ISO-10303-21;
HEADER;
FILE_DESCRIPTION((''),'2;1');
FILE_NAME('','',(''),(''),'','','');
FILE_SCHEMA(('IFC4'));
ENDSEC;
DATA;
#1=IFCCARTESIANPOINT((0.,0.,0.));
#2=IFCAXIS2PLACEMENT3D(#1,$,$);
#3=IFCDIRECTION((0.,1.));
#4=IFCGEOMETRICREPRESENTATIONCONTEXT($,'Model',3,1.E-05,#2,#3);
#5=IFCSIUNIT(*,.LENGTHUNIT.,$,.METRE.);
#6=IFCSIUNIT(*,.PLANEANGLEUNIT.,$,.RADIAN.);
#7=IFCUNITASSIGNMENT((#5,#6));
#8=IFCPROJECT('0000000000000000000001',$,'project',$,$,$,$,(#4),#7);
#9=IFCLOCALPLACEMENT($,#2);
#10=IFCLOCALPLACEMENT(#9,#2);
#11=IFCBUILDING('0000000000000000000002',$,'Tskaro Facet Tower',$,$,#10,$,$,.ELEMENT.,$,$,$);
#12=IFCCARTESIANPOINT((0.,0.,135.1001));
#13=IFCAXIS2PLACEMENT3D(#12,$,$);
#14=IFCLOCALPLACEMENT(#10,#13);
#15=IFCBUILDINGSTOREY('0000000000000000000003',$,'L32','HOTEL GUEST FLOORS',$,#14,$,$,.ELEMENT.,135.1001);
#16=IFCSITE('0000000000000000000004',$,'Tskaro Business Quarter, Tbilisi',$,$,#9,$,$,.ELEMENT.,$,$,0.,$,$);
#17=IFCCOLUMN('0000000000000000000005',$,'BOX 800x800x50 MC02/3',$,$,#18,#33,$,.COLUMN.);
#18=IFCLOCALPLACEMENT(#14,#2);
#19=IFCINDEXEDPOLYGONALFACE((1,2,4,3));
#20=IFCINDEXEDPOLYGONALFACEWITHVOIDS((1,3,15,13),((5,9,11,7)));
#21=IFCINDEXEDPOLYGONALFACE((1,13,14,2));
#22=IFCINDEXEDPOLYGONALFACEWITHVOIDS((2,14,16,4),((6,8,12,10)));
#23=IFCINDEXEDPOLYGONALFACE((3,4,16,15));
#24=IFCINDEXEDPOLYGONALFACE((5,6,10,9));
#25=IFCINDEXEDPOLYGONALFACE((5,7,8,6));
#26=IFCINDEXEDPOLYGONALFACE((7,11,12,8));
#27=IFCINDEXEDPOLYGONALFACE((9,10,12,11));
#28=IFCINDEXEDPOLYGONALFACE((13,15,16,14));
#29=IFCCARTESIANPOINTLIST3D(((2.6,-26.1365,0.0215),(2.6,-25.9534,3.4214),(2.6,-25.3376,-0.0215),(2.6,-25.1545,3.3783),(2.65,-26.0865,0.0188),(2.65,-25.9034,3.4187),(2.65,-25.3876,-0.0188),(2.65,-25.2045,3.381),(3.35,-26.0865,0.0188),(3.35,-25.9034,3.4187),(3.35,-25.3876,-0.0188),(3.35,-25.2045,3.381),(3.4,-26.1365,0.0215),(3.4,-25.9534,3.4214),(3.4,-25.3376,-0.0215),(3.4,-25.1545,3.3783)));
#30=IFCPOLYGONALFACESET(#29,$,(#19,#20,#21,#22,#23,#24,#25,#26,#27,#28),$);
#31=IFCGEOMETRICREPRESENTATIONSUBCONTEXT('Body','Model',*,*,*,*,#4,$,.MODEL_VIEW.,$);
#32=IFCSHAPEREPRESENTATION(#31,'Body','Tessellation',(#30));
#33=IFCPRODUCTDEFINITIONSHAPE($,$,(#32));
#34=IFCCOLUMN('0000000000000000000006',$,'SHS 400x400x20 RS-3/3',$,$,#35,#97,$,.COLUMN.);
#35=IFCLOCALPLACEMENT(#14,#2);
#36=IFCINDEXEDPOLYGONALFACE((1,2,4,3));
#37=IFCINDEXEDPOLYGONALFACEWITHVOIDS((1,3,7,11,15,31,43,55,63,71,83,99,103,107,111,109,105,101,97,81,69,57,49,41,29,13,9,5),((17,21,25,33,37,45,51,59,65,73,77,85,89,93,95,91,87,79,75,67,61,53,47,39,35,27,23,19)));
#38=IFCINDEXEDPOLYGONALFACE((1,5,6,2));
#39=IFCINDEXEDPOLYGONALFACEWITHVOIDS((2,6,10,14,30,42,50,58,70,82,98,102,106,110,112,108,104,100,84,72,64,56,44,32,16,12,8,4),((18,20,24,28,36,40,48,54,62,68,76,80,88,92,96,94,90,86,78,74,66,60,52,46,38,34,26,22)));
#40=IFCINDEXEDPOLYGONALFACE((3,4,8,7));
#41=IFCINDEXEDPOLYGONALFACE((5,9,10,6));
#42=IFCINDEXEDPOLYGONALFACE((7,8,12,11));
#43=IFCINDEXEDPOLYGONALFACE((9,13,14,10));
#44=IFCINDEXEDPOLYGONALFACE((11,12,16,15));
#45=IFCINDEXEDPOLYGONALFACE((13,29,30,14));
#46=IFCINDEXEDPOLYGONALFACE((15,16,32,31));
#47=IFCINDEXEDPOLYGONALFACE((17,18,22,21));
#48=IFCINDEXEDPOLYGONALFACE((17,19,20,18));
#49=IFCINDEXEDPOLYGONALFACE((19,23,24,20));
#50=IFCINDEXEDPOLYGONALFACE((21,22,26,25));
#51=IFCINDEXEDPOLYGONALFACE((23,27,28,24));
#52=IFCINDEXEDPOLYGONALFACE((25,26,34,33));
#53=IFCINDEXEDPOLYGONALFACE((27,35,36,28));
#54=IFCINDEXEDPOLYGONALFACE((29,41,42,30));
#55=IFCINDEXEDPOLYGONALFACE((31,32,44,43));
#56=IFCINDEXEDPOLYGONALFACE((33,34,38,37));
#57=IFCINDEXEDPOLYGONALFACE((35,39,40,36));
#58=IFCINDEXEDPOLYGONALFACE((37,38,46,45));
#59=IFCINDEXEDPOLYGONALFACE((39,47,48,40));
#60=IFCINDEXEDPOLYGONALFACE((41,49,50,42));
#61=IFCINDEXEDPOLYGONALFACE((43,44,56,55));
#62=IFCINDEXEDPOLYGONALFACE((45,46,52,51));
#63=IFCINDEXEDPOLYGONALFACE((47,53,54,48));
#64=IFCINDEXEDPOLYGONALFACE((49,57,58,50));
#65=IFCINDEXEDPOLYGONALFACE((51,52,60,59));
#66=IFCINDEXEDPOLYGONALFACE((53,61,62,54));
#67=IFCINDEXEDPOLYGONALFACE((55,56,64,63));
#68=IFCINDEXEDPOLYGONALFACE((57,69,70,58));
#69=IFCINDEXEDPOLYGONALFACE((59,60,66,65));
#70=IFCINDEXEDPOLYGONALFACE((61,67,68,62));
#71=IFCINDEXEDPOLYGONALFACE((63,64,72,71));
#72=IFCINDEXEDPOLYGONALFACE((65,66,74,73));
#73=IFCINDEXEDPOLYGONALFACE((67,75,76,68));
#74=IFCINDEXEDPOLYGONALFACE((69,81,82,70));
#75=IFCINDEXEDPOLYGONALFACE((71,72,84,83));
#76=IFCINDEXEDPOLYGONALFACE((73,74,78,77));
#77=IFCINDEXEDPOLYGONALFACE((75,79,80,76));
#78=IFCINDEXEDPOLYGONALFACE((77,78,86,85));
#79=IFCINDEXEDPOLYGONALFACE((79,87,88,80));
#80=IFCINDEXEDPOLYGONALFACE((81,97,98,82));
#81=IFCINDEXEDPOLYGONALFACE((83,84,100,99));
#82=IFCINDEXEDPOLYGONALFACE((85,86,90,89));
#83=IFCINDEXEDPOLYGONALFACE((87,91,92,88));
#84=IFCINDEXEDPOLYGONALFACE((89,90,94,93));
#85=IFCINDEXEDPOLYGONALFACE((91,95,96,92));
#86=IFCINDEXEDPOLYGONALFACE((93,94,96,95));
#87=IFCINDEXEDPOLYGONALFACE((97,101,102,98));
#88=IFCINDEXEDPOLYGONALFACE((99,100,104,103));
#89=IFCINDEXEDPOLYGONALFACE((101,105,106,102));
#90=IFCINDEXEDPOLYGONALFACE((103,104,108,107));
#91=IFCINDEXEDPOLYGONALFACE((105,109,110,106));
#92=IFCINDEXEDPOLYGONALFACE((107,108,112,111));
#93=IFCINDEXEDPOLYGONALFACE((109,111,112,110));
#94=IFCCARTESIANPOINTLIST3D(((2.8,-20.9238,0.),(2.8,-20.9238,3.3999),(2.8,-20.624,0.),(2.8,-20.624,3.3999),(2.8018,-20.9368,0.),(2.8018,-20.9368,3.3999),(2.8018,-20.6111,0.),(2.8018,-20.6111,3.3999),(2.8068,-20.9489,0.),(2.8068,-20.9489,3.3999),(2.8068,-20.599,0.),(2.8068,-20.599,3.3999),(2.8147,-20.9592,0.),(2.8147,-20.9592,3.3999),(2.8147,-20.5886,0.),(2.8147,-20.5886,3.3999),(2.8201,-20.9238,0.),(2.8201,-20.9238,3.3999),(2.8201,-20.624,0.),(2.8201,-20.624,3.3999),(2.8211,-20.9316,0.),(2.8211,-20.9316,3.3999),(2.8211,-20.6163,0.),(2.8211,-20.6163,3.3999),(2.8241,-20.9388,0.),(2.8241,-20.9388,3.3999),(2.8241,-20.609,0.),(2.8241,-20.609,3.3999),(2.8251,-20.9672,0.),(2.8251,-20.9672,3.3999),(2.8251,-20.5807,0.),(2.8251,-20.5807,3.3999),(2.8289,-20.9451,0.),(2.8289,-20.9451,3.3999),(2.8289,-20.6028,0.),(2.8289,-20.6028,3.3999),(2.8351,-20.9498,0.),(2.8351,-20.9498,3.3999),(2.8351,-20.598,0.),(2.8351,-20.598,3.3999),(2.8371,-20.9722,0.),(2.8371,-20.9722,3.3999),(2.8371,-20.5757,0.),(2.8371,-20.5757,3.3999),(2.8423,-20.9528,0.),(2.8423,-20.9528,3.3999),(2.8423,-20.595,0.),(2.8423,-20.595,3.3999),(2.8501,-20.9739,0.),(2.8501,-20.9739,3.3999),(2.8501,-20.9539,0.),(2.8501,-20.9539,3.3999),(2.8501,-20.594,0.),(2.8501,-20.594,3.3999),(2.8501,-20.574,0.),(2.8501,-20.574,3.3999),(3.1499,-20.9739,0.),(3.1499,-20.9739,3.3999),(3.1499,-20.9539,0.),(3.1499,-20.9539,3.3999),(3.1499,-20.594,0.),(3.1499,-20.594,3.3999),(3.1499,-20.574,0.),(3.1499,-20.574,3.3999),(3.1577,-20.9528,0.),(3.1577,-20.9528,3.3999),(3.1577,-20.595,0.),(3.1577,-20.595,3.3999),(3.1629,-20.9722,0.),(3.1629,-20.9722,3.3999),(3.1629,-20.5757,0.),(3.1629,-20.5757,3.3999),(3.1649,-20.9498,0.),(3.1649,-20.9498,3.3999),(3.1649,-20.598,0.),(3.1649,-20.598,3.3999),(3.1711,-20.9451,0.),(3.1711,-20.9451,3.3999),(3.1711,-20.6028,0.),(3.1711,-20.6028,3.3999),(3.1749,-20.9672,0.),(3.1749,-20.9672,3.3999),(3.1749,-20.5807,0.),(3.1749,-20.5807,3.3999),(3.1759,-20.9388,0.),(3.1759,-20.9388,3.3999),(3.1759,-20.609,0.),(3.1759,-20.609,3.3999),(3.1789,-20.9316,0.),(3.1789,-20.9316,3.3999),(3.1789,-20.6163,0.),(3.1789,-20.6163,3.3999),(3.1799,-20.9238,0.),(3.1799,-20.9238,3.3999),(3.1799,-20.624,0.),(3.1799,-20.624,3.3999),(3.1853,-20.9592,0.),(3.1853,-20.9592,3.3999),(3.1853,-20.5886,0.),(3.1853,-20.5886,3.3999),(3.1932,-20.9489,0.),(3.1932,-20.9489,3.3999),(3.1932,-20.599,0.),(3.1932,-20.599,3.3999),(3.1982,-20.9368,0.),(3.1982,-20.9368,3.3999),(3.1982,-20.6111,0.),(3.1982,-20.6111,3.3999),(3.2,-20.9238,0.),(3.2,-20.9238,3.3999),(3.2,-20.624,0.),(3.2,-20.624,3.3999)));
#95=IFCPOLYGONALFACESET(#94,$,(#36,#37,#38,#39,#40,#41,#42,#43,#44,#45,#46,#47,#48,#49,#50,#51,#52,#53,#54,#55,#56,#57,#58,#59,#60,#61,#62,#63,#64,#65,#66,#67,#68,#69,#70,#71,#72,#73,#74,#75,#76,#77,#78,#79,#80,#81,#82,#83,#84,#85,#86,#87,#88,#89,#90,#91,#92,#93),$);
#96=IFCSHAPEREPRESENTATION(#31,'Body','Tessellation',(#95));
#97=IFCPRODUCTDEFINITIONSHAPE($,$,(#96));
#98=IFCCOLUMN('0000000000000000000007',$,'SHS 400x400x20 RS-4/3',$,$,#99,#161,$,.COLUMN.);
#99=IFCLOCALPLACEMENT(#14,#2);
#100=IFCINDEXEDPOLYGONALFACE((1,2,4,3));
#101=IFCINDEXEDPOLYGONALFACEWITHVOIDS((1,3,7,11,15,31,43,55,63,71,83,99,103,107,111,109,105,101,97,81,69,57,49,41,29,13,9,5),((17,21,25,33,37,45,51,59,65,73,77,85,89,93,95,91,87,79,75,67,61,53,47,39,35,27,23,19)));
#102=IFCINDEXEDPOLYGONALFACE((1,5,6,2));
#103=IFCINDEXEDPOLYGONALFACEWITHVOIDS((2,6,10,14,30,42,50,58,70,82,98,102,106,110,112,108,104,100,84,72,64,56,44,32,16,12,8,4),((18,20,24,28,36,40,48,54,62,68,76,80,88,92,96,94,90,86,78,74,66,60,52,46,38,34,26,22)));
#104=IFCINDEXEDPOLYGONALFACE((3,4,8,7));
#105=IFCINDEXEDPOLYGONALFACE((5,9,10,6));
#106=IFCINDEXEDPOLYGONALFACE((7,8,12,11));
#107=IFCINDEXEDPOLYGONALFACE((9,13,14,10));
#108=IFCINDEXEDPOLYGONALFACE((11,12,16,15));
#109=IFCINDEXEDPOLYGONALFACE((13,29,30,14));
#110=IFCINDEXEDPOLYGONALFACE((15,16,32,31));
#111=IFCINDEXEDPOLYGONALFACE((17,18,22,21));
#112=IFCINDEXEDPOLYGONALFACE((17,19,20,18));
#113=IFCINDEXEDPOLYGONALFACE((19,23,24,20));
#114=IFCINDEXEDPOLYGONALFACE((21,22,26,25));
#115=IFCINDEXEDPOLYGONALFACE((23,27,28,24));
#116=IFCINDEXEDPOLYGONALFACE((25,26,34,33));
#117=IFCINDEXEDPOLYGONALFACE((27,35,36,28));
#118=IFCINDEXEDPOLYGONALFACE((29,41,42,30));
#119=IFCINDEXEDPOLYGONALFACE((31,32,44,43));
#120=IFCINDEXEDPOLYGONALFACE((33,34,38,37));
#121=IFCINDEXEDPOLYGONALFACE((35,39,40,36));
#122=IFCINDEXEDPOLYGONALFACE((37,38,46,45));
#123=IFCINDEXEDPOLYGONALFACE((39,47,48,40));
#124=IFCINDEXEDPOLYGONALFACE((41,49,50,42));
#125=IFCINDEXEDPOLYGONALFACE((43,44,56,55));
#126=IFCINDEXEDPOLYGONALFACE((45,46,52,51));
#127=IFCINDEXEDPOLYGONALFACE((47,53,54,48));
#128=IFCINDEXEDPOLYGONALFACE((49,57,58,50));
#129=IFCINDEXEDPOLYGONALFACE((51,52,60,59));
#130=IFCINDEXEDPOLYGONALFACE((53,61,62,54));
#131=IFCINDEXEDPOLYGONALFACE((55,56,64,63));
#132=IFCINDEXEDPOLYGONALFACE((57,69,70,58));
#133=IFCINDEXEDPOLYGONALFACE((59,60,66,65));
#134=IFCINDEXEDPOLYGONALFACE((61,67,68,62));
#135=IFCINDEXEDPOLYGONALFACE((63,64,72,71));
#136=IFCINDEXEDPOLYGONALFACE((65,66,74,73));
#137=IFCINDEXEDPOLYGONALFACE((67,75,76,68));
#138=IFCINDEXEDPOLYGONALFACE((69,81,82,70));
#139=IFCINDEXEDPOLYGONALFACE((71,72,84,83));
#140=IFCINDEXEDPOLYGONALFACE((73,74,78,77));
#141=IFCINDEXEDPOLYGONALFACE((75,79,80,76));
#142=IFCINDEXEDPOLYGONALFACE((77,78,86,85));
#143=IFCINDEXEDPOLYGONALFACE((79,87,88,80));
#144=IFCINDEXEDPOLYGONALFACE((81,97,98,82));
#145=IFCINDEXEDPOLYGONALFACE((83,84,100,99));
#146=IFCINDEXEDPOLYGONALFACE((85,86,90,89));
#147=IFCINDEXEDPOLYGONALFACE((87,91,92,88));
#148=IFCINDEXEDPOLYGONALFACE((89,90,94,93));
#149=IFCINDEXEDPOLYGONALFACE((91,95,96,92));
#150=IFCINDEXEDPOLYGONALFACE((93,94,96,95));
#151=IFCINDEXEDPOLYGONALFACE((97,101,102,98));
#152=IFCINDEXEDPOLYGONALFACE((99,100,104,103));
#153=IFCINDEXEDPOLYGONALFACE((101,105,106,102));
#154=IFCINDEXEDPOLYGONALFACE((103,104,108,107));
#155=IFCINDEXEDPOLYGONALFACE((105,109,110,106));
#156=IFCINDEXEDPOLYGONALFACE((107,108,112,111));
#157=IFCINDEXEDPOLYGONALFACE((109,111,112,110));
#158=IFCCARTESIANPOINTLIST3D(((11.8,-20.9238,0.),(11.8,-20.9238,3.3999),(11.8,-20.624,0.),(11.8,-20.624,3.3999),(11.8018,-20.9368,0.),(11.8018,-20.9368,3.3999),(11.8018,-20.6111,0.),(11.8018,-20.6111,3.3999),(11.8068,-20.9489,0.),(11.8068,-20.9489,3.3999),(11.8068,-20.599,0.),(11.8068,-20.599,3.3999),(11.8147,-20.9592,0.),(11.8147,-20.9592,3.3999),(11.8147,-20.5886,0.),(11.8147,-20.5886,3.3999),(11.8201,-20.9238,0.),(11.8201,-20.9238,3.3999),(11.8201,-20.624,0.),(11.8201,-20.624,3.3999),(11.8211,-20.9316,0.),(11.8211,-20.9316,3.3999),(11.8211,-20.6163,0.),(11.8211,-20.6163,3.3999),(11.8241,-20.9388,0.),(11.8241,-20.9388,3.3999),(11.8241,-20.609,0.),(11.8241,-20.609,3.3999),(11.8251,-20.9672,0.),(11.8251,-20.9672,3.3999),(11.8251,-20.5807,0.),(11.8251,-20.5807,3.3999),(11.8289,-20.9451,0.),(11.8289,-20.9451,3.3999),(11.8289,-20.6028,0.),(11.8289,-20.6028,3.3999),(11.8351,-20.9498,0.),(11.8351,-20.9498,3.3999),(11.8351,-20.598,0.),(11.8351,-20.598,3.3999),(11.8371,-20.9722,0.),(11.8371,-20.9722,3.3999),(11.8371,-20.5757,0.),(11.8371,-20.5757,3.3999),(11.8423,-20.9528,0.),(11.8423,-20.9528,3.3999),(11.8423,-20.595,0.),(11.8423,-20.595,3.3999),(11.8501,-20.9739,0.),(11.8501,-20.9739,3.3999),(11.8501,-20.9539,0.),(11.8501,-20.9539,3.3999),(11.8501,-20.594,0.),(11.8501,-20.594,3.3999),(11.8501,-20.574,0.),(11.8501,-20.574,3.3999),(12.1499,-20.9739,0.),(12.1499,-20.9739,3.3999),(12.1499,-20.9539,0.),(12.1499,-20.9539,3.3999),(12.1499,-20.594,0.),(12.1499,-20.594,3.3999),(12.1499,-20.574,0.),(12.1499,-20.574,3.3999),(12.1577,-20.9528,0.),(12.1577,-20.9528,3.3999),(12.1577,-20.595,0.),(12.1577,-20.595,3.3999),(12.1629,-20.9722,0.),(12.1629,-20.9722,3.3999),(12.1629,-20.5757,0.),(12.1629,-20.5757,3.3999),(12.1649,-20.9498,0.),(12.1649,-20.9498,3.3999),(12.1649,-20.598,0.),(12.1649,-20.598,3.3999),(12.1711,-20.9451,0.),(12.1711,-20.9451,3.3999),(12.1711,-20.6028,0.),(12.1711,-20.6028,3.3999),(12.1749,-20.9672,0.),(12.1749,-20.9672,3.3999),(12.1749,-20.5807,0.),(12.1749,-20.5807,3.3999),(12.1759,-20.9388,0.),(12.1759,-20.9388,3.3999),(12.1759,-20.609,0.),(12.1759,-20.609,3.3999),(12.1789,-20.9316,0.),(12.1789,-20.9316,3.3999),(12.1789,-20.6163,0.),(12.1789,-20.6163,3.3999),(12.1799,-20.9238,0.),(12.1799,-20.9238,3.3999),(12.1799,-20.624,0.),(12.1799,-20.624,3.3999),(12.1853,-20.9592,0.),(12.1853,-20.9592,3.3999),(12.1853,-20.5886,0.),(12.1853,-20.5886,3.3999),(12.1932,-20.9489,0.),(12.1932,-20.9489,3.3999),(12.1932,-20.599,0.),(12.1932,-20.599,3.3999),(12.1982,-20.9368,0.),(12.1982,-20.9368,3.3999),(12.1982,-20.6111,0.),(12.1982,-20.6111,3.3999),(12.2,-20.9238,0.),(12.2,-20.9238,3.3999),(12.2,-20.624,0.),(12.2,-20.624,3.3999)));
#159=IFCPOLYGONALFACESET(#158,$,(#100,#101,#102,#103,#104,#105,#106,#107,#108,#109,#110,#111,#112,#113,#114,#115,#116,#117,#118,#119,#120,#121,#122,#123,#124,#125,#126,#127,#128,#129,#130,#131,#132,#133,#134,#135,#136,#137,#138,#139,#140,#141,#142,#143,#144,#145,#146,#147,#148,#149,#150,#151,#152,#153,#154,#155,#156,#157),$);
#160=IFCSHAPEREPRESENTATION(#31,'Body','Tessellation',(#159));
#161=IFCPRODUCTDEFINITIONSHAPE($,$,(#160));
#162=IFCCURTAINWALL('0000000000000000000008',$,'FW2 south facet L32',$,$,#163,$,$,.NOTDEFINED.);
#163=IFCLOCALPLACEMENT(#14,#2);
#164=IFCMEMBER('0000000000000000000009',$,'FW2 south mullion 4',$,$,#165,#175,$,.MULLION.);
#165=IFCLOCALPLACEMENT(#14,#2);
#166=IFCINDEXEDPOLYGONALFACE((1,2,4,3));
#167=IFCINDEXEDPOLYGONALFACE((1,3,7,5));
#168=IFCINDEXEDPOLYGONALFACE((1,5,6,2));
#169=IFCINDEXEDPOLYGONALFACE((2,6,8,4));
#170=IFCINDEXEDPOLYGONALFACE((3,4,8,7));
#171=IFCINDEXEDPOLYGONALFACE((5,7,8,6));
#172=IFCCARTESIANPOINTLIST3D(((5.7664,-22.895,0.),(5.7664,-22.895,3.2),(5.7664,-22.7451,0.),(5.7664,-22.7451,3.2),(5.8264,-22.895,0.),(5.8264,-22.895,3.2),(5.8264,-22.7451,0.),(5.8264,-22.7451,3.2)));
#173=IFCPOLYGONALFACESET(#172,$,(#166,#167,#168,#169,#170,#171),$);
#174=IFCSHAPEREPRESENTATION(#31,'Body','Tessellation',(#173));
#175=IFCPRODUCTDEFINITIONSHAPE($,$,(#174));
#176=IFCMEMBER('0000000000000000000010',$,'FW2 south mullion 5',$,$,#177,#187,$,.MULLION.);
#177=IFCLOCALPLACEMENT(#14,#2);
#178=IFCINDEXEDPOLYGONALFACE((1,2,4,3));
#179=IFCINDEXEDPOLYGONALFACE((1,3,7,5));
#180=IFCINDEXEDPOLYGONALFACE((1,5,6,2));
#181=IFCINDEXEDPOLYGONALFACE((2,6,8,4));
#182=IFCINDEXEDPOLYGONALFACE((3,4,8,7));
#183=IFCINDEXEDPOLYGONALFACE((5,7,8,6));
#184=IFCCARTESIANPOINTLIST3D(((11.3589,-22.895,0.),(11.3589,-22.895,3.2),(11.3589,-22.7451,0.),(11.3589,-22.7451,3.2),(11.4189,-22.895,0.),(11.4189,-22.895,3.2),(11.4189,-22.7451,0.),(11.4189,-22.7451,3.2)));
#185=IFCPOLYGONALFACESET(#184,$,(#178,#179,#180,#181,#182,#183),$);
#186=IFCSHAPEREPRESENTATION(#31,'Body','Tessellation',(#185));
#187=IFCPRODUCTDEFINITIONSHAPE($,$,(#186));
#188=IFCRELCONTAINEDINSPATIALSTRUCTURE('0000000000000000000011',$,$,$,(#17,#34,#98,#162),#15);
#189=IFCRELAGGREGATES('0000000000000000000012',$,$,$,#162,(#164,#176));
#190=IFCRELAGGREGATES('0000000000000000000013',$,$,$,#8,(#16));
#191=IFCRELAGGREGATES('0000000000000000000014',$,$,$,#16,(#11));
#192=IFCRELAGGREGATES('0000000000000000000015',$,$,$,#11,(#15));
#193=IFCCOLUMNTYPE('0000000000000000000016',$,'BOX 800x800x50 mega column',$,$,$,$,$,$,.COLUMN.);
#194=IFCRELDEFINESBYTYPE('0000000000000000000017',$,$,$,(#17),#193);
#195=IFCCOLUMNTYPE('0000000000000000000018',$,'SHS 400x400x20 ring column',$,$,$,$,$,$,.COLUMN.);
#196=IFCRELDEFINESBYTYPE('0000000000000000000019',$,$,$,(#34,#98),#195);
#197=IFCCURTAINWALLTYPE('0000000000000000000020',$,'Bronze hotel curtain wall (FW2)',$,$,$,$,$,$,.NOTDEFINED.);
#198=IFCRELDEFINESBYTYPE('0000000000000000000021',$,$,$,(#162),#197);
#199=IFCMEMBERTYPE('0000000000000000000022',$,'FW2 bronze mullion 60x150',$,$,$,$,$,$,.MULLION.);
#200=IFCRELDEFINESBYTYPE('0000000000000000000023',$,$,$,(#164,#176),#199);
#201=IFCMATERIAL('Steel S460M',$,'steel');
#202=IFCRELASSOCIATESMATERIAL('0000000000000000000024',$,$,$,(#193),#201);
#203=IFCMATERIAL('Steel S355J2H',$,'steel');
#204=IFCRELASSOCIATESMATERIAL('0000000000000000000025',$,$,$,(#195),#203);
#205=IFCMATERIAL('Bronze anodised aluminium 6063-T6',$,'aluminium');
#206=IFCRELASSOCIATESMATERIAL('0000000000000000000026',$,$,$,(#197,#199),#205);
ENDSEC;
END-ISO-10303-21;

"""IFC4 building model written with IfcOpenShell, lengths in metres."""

from ifc_helpers import new_model, si_unit, direction, frame, origin, origin_2d, place, context, subcontext, project, spatial, rectangle, hollow_rectangle, extrude, material, material_profile, profile_set, type_object, element, aggregate, save


model = new_model("IFC4")

# Units and contexts
model_context = context("Model", 3, precision=1e-05, world=origin(), true_north=direction((0.0, 1.0)))
body_context = subcontext(model_context, "Body", "Model", "MODEL_VIEW")
ifc_project = project(units=[si_unit("LENGTHUNIT", "METRE"), si_unit("PLANEANGLEUNIT", "RADIAN")], contexts=[model_context])

# Site, building, storey
site_placement = place(None, origin())
site = spatial("IfcSite", under=ifc_project, at=site_placement, Name="Tskaro Business Quarter, Tbilisi", CompositionType="ELEMENT", RefElevation=0.0)
building_placement = place(site_placement, origin())
building = spatial("IfcBuilding", under=site, at=building_placement, Name="Tskaro Facet Tower", CompositionType="ELEMENT")
storey_placement = place(building_placement, frame((0.0, 0.0, 135.1001)))
storey = spatial("IfcBuildingStorey", under=building, at=storey_placement, Name="L32", Description="HOTEL GUEST FLOORS", CompositionType="ELEMENT", Elevation=135.1001)

# Columns
ifc_material_1 = material(Name="Steel S460M", Category="steel")
ifc_material_profile_1 = material_profile(ifc_material_1, hollow_rectangle(XDim=0.8, YDim=0.8, WallThickness=0.05, at=origin_2d()), Name="BOX 800x800x50")
ifc_profile_set_1 = profile_set([ifc_material_profile_1], Name="Steel S460M")
column_type_1 = type_object("IfcColumnType", Name="BOX 800x800x50 mega column", PredefinedType="COLUMN", material=ifc_profile_set_1)
column_placement = place(storey_placement, frame((3.0, -25.7371, 0.0), z_axis=(0.0, 0.053778, 0.998553), x_axis=(-1.0, 0.0, 0.0)))
element("IfcColumn", 1, at=column_placement, inside=storey, type_object=column_type_1, Name="BOX 800x800x50 MC02/3", PredefinedType="COLUMN", context=body_context, shape_type="SweptSolid", body=[
    extrude(hollow_rectangle(XDim=0.8, YDim=0.8, WallThickness=0.05, at=origin_2d()), origin(), (0.0, 0.0, 1.0), 3.4048),
])
ifc_material_2 = material(Name="Steel S355J2H", Category="steel")
ifc_material_profile_2 = material_profile(ifc_material_2, hollow_rectangle(XDim=0.3999, YDim=0.3999, WallThickness=0.02, InnerFilletRadius=0.03, OuterFilletRadius=0.05, at=origin_2d()), Name="SHS 400x400x20")
ifc_profile_set_2 = profile_set([ifc_material_profile_2], Name="Steel S355J2H")
column_type_2 = type_object("IfcColumnType", Name="SHS 400x400x20 ring column", PredefinedType="COLUMN", material=ifc_profile_set_2)
for number, where, z_axis, x_axis, name in (
    (2, (3.0, -20.7739, 0.0), (0.0, 0.0, 1.0), (1.0, 0.0, 0.0), "SHS 400x400x20 RS-3/3"),
    (3, (12.0, -20.7739, 0.0), (0.0, 0.0, 1.0), (1.0, 0.0, 0.0), "SHS 400x400x20 RS-4/3"),
):
    element("IfcColumn", number, at=place(storey_placement, frame(where, z_axis=z_axis, x_axis=x_axis)), inside=storey, type_object=column_type_2, Name=name, PredefinedType="COLUMN", context=body_context, shape_type="SweptSolid", body=[
        extrude(hollow_rectangle(XDim=0.3999, YDim=0.3999, WallThickness=0.02, InnerFilletRadius=0.03, OuterFilletRadius=0.05, at=origin_2d()), origin(), (0.0, 0.0, 1.0), 3.3999),
    ])

# Curtain wall, members
ifc_material_3 = material(Name="Bronze anodised aluminium 6063-T6", Category="aluminium")
curtain_wall_type = type_object("IfcCurtainWallType", Name="Bronze hotel curtain wall (FW2)", PredefinedType="NOTDEFINED", material=ifc_material_3)
curtain_wall_placement = place(storey_placement, origin())
curtain_wall = element("IfcCurtainWall", 4, at=curtain_wall_placement, inside=storey, type_object=curtain_wall_type, Name="FW2 south facet L32", PredefinedType="NOTDEFINED")
ifc_material_profile_3 = material_profile(ifc_material_3, rectangle(XDim=0.0601, YDim=0.1499, at=origin_2d()), Name="Mullion 60x150")
ifc_profile_set_3 = profile_set([ifc_material_profile_3], Name="Bronze anodised aluminium 6063-T6")
member_type_1 = type_object("IfcMemberType", Name="FW2 bronze mullion 60x150", PredefinedType="MULLION", material=ifc_profile_set_3)
member_1_placement = place(storey_placement, frame((5.7964, -22.8201, 0.0), z_axis=(0.0, 0.0, 1.0), x_axis=(1.0, 0.0, 0.0)))
member_1 = element("IfcMember", 5, at=member_1_placement, type_object=member_type_1, Name="FW2 south mullion 4", PredefinedType="MULLION", context=body_context, shape_type="SweptSolid", body=[
    extrude(rectangle(XDim=0.0601, YDim=0.1499, at=origin_2d()), origin(), (0.0, 0.0, 1.0), 3.2),
])
member_2_placement = place(storey_placement, frame((11.3889, -22.8201, 0.0), z_axis=(0.0, 0.0, 1.0), x_axis=(1.0, 0.0, 0.0)))
member_2 = element("IfcMember", 6, at=member_2_placement, type_object=member_type_1, Name="FW2 south mullion 5", PredefinedType="MULLION", context=body_context, shape_type="SweptSolid", body=[
    extrude(rectangle(XDim=0.0601, YDim=0.1499, at=origin_2d()), origin(), (0.0, 0.0, 1.0), 3.2),
])

aggregate(curtain_wall, [member_1, member_2])

save(model, "model.ifc")
